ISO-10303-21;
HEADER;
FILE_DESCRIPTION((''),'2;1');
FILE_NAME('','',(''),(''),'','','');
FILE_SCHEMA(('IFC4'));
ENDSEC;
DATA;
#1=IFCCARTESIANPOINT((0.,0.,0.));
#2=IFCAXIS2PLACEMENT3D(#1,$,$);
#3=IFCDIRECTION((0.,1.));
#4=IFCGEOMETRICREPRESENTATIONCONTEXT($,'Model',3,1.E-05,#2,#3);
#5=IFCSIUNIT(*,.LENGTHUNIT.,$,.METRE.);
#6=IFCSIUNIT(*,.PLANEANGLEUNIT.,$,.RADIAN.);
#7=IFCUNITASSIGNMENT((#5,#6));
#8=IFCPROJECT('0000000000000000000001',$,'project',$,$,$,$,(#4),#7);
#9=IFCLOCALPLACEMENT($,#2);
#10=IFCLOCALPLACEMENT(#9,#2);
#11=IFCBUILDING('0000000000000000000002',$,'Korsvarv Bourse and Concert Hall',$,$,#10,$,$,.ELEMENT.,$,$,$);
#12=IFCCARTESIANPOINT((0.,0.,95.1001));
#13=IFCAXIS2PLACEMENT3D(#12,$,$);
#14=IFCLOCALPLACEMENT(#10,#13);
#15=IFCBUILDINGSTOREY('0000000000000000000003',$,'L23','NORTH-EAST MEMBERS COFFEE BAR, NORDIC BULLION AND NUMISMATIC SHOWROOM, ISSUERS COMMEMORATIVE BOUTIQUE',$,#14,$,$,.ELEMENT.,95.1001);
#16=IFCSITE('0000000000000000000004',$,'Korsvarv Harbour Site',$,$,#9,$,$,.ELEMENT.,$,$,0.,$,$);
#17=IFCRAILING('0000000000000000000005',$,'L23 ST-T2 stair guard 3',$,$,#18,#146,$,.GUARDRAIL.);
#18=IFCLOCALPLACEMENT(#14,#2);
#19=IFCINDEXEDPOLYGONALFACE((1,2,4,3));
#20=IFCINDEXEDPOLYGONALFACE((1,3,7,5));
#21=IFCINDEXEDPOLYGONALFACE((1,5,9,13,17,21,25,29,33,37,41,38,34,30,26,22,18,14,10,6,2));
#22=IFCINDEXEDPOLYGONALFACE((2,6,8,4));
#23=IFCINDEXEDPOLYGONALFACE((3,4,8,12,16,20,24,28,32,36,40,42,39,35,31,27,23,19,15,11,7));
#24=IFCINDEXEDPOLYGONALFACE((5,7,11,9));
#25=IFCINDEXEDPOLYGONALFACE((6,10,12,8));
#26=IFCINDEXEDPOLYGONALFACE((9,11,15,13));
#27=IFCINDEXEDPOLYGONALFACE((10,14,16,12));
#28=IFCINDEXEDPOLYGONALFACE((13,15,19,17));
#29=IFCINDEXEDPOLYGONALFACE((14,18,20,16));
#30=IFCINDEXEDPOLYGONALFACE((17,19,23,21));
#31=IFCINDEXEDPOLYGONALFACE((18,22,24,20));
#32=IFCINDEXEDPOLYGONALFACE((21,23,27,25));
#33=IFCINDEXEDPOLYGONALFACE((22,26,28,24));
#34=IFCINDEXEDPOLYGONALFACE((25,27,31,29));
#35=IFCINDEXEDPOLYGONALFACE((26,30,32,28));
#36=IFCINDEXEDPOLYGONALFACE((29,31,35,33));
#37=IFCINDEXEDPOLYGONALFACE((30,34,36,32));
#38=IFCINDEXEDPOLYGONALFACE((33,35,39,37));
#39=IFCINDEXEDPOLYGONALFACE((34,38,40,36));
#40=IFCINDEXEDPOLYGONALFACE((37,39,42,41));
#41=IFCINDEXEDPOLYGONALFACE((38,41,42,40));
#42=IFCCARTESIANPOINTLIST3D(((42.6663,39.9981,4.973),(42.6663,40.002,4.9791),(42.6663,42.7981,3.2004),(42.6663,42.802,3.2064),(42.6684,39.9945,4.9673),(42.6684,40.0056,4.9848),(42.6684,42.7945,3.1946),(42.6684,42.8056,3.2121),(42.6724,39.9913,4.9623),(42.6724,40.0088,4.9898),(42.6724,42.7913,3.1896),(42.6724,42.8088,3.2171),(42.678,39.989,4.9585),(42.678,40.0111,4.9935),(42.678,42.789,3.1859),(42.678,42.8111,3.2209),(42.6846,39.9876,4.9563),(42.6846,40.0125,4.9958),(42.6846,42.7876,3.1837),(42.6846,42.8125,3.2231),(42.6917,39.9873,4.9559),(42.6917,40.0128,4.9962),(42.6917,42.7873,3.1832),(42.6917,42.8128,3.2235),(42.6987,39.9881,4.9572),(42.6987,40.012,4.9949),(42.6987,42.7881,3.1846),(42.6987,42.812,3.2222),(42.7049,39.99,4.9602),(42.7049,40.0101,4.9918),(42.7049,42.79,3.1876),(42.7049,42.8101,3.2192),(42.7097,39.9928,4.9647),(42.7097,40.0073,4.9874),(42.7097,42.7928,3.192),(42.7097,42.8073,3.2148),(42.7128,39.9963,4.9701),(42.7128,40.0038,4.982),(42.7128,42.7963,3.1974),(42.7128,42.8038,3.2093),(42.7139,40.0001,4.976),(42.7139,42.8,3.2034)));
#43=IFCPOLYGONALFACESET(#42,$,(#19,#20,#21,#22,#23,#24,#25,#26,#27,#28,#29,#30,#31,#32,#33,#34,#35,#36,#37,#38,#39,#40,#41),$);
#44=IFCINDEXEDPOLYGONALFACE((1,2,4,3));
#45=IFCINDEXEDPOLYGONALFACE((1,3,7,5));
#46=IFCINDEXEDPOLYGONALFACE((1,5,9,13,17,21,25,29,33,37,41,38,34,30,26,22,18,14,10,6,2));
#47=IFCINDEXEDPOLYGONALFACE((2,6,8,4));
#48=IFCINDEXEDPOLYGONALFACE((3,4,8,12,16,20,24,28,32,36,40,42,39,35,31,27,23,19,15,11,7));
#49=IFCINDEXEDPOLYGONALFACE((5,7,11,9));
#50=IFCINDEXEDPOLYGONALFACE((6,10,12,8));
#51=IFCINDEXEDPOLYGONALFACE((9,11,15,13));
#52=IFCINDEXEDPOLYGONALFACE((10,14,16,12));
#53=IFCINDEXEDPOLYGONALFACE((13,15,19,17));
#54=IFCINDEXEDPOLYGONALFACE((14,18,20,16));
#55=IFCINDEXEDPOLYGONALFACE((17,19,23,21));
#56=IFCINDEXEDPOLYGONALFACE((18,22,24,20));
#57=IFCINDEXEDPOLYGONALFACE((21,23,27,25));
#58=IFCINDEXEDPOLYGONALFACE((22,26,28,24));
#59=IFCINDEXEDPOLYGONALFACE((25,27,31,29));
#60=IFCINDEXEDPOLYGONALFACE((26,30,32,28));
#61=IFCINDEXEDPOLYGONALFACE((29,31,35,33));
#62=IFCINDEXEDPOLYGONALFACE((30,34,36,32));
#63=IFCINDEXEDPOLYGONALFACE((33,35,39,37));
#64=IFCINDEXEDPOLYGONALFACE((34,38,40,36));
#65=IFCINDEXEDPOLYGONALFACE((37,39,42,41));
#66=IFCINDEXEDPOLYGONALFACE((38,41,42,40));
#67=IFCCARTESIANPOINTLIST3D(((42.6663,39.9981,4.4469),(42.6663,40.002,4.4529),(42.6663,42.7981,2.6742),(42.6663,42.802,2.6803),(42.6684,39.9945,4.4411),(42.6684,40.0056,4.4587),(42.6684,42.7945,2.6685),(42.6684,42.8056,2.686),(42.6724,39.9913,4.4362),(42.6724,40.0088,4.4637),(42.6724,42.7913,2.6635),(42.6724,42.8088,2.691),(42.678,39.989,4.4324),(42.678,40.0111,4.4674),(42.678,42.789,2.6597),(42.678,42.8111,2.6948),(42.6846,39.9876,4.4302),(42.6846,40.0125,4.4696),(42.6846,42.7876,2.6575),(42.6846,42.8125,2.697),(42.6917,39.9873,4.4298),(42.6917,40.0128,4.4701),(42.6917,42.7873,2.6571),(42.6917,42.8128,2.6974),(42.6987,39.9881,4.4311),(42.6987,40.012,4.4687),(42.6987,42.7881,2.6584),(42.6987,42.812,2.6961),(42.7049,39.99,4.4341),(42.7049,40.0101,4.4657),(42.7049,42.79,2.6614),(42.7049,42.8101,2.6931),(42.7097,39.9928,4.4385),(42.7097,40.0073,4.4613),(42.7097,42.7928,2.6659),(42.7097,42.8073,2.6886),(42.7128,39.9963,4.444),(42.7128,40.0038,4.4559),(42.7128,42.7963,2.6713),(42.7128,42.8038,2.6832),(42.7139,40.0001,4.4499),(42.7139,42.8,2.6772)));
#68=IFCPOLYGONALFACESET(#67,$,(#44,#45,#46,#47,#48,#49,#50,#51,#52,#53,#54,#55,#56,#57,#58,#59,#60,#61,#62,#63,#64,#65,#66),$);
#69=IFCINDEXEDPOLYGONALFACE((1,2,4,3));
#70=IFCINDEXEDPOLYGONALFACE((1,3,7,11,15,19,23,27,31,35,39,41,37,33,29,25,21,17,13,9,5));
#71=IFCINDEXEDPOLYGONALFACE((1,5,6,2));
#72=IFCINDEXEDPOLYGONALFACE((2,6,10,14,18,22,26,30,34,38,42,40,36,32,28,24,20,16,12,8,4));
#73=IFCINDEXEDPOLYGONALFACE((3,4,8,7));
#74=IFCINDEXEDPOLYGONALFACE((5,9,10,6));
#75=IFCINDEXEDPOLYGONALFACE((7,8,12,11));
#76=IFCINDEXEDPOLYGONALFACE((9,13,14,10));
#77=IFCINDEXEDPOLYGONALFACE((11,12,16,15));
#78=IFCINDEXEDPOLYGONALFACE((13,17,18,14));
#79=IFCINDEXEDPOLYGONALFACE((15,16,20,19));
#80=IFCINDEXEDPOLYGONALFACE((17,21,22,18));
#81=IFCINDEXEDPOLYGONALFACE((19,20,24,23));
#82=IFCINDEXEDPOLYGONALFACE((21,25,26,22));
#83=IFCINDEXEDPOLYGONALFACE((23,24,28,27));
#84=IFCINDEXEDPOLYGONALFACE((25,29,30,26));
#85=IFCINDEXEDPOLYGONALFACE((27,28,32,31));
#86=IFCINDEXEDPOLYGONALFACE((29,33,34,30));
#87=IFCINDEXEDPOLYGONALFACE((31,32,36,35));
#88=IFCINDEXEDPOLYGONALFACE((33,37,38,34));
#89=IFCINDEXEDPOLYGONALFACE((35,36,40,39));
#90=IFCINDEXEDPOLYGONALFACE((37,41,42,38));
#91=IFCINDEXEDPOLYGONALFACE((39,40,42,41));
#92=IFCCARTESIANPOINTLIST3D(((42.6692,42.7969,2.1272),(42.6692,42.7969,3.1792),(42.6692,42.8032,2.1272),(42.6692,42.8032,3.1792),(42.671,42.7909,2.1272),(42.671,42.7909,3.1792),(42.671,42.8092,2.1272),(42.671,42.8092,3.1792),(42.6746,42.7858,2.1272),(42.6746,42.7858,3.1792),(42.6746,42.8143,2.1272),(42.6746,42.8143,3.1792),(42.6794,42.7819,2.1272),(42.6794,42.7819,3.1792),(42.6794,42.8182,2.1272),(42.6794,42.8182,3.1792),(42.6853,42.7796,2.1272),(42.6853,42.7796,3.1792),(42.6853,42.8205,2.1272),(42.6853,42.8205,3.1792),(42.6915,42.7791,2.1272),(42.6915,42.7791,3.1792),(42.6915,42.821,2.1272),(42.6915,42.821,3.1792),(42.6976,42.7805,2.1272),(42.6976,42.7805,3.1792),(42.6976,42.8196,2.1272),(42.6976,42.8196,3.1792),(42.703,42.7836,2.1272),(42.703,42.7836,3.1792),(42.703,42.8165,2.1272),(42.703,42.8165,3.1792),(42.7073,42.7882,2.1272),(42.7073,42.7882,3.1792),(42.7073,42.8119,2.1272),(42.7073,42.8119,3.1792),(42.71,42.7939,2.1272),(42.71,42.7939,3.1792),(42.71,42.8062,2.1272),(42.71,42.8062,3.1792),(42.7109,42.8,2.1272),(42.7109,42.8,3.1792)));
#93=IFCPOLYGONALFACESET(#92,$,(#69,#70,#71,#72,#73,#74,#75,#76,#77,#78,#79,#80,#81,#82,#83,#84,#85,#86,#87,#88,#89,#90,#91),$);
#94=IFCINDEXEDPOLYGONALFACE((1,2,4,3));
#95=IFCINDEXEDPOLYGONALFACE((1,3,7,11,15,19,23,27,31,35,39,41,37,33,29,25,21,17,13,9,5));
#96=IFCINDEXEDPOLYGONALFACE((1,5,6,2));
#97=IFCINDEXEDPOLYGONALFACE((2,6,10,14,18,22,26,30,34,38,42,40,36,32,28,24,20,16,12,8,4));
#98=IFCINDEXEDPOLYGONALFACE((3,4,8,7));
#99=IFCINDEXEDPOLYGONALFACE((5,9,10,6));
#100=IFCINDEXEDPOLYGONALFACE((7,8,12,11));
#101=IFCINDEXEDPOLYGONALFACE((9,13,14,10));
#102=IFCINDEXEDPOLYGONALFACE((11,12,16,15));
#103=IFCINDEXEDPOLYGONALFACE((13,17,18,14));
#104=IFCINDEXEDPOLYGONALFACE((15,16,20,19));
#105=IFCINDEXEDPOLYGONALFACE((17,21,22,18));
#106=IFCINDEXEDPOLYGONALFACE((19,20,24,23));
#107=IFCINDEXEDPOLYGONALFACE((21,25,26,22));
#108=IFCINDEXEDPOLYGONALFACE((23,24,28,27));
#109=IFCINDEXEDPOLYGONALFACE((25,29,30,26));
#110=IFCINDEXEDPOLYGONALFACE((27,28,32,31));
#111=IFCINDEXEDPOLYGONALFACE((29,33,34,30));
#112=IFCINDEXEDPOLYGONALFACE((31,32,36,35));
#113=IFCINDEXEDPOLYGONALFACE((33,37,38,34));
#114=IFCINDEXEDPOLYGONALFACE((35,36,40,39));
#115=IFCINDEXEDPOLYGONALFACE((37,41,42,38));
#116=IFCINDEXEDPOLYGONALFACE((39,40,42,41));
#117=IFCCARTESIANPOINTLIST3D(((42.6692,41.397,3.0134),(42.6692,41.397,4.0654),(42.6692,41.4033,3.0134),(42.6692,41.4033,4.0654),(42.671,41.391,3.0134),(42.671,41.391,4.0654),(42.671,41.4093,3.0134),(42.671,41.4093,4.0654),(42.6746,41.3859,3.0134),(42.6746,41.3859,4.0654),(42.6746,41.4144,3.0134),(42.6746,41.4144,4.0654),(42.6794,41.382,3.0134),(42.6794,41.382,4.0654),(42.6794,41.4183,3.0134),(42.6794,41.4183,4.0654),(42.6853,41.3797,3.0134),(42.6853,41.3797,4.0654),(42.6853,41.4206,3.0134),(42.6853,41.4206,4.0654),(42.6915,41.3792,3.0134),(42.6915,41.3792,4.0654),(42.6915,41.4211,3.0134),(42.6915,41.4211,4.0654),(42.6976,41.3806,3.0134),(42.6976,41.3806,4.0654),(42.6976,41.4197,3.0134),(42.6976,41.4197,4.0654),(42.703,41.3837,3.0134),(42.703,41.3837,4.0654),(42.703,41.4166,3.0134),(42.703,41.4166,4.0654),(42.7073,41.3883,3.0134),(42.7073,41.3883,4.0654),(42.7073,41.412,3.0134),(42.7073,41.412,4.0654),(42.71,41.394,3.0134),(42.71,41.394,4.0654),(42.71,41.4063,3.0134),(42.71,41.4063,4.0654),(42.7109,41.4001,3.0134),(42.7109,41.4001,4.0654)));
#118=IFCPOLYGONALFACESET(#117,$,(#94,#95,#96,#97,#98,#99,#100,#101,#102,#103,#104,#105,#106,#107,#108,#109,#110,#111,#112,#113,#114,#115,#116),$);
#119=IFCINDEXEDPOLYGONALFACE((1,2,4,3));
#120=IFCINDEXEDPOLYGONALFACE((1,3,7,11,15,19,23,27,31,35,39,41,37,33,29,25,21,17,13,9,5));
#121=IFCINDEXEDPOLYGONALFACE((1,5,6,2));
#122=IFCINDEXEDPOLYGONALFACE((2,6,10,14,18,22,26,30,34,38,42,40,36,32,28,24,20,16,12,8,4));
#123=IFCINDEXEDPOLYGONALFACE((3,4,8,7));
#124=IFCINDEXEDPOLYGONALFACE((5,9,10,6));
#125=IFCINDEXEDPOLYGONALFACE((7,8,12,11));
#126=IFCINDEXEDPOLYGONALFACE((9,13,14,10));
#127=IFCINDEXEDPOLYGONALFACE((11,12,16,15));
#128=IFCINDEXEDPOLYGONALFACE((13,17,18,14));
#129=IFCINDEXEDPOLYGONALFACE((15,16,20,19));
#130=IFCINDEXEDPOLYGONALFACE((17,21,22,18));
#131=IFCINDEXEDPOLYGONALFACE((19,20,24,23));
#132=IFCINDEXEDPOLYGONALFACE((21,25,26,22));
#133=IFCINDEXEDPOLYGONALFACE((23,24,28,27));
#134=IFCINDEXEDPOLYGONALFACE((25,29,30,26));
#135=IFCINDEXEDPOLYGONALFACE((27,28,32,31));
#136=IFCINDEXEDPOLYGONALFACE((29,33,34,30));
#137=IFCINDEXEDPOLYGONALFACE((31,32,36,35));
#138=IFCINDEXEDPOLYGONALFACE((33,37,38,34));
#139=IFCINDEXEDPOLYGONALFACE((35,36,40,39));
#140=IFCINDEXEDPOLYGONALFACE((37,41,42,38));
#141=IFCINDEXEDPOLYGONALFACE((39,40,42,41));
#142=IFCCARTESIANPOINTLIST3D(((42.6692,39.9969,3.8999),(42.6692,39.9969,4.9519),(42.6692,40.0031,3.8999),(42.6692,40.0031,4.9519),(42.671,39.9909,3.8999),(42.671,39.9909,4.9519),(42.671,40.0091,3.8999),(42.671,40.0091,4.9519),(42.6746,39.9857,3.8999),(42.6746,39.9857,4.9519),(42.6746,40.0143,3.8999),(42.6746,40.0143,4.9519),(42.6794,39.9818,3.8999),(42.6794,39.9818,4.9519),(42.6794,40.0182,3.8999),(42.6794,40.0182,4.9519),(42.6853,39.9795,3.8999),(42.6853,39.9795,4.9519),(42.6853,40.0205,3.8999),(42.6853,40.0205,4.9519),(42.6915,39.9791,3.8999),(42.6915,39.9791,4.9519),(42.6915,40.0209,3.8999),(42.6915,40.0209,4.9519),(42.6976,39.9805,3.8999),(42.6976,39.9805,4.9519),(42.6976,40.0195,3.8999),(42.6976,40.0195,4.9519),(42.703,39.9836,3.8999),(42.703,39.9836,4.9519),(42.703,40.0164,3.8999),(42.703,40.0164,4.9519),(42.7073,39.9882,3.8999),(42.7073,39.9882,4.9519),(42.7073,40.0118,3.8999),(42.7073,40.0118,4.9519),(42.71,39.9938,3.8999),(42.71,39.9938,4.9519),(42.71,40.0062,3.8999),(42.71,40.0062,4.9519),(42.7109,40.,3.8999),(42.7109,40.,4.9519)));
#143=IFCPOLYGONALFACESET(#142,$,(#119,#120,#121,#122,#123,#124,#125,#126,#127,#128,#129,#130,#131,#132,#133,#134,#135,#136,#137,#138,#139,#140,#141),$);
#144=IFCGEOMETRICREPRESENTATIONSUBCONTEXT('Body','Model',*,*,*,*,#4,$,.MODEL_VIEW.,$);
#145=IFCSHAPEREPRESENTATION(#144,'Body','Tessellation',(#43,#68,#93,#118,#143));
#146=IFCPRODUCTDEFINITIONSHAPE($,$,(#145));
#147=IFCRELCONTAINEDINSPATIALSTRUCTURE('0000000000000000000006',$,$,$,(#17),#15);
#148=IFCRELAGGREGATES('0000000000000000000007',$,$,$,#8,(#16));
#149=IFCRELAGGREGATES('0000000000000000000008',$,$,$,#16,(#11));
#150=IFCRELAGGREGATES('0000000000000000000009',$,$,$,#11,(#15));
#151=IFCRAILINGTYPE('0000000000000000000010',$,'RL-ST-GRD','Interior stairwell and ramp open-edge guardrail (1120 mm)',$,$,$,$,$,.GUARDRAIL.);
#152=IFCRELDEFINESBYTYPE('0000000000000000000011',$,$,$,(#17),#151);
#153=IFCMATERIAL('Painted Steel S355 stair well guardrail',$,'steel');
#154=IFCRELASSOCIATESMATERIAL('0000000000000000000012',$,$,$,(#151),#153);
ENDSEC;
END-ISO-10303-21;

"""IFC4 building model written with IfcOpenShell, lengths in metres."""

from ifc_helpers import new_model, si_unit, direction, frame, origin, origin_2d, place, context, subcontext, project, spatial, circle, extrude, material, type_object, element, save


model = new_model("IFC4")

# Units and contexts
model_context = context("Model", 3, precision=1e-05, world=origin(), true_north=direction((0.0, 1.0)))
body_context = subcontext(model_context, "Body", "Model", "MODEL_VIEW")
ifc_project = project(units=[si_unit("LENGTHUNIT", "METRE"), si_unit("PLANEANGLEUNIT", "RADIAN")], contexts=[model_context])

# Site, building, storey
site_placement = place(None, origin())
site = spatial("IfcSite", under=ifc_project, at=site_placement, Name="Korsvarv Harbour Site", CompositionType="ELEMENT", RefElevation=0.0)
building_placement = place(site_placement, origin())
building = spatial("IfcBuilding", under=site, at=building_placement, Name="Korsvarv Bourse and Concert Hall", CompositionType="ELEMENT")
storey_placement = place(building_placement, frame((0.0, 0.0, 95.1001)))
storey = spatial("IfcBuildingStorey", under=building, at=storey_placement, Name="L23", Description="NORTH-EAST MEMBERS COFFEE BAR, NORDIC BULLION AND NUMISMATIC SHOWROOM, ISSUERS COMMEMORATIVE BOUTIQUE", CompositionType="ELEMENT", Elevation=95.1001)

# Railing
ifc_material_1 = material(Name="Painted Steel S355 stair well guardrail", Category="steel")
railing_type_1 = type_object("IfcRailingType", Name="RL-ST-GRD", Description="Interior stairwell and ramp open-edge guardrail (1120 mm)", PredefinedType="GUARDRAIL", material=ifc_material_1)
railing_1_placement = place(storey_placement, frame((42.6899, 42.8, 2.1272)))
element("IfcRailing", 1, at=railing_1_placement, inside=storey, type_object=railing_type_1, Name="L23 ST-T2 stair guard 3", PredefinedType="GUARDRAIL", context=body_context, shape_type="SweptSolid", body=[
    extrude(circle(Radius=0.0239, at=origin_2d()), frame((0.0, 0.0, 1.0762), z_axis=(0.0, -0.844909, 0.53491), x_axis=(1.0, 0.0, 0.0)), (0.0, 0.0, 1.0), 3.314),
    extrude(circle(Radius=0.0239, at=origin_2d()), frame((0.0, 0.0, 0.55), z_axis=(0.0, -0.844909, 0.53491), x_axis=(1.0, 0.0, 0.0)), (0.0, 0.0, 1.0), 3.314),
    extrude(circle(Radius=0.021, at=origin_2d()), origin(), (0.0, 0.0, 1.0), 1.052),
    extrude(circle(Radius=0.021, at=origin_2d()), frame((0.0, -1.3999, 0.8862)), (0.0, 0.0, 1.0), 1.052),
    extrude(circle(Radius=0.021, at=origin_2d()), frame((0.0, -2.8, 1.7727)), (0.0, 0.0, 1.0), 1.052),
])

save(model, "model.ifc")
